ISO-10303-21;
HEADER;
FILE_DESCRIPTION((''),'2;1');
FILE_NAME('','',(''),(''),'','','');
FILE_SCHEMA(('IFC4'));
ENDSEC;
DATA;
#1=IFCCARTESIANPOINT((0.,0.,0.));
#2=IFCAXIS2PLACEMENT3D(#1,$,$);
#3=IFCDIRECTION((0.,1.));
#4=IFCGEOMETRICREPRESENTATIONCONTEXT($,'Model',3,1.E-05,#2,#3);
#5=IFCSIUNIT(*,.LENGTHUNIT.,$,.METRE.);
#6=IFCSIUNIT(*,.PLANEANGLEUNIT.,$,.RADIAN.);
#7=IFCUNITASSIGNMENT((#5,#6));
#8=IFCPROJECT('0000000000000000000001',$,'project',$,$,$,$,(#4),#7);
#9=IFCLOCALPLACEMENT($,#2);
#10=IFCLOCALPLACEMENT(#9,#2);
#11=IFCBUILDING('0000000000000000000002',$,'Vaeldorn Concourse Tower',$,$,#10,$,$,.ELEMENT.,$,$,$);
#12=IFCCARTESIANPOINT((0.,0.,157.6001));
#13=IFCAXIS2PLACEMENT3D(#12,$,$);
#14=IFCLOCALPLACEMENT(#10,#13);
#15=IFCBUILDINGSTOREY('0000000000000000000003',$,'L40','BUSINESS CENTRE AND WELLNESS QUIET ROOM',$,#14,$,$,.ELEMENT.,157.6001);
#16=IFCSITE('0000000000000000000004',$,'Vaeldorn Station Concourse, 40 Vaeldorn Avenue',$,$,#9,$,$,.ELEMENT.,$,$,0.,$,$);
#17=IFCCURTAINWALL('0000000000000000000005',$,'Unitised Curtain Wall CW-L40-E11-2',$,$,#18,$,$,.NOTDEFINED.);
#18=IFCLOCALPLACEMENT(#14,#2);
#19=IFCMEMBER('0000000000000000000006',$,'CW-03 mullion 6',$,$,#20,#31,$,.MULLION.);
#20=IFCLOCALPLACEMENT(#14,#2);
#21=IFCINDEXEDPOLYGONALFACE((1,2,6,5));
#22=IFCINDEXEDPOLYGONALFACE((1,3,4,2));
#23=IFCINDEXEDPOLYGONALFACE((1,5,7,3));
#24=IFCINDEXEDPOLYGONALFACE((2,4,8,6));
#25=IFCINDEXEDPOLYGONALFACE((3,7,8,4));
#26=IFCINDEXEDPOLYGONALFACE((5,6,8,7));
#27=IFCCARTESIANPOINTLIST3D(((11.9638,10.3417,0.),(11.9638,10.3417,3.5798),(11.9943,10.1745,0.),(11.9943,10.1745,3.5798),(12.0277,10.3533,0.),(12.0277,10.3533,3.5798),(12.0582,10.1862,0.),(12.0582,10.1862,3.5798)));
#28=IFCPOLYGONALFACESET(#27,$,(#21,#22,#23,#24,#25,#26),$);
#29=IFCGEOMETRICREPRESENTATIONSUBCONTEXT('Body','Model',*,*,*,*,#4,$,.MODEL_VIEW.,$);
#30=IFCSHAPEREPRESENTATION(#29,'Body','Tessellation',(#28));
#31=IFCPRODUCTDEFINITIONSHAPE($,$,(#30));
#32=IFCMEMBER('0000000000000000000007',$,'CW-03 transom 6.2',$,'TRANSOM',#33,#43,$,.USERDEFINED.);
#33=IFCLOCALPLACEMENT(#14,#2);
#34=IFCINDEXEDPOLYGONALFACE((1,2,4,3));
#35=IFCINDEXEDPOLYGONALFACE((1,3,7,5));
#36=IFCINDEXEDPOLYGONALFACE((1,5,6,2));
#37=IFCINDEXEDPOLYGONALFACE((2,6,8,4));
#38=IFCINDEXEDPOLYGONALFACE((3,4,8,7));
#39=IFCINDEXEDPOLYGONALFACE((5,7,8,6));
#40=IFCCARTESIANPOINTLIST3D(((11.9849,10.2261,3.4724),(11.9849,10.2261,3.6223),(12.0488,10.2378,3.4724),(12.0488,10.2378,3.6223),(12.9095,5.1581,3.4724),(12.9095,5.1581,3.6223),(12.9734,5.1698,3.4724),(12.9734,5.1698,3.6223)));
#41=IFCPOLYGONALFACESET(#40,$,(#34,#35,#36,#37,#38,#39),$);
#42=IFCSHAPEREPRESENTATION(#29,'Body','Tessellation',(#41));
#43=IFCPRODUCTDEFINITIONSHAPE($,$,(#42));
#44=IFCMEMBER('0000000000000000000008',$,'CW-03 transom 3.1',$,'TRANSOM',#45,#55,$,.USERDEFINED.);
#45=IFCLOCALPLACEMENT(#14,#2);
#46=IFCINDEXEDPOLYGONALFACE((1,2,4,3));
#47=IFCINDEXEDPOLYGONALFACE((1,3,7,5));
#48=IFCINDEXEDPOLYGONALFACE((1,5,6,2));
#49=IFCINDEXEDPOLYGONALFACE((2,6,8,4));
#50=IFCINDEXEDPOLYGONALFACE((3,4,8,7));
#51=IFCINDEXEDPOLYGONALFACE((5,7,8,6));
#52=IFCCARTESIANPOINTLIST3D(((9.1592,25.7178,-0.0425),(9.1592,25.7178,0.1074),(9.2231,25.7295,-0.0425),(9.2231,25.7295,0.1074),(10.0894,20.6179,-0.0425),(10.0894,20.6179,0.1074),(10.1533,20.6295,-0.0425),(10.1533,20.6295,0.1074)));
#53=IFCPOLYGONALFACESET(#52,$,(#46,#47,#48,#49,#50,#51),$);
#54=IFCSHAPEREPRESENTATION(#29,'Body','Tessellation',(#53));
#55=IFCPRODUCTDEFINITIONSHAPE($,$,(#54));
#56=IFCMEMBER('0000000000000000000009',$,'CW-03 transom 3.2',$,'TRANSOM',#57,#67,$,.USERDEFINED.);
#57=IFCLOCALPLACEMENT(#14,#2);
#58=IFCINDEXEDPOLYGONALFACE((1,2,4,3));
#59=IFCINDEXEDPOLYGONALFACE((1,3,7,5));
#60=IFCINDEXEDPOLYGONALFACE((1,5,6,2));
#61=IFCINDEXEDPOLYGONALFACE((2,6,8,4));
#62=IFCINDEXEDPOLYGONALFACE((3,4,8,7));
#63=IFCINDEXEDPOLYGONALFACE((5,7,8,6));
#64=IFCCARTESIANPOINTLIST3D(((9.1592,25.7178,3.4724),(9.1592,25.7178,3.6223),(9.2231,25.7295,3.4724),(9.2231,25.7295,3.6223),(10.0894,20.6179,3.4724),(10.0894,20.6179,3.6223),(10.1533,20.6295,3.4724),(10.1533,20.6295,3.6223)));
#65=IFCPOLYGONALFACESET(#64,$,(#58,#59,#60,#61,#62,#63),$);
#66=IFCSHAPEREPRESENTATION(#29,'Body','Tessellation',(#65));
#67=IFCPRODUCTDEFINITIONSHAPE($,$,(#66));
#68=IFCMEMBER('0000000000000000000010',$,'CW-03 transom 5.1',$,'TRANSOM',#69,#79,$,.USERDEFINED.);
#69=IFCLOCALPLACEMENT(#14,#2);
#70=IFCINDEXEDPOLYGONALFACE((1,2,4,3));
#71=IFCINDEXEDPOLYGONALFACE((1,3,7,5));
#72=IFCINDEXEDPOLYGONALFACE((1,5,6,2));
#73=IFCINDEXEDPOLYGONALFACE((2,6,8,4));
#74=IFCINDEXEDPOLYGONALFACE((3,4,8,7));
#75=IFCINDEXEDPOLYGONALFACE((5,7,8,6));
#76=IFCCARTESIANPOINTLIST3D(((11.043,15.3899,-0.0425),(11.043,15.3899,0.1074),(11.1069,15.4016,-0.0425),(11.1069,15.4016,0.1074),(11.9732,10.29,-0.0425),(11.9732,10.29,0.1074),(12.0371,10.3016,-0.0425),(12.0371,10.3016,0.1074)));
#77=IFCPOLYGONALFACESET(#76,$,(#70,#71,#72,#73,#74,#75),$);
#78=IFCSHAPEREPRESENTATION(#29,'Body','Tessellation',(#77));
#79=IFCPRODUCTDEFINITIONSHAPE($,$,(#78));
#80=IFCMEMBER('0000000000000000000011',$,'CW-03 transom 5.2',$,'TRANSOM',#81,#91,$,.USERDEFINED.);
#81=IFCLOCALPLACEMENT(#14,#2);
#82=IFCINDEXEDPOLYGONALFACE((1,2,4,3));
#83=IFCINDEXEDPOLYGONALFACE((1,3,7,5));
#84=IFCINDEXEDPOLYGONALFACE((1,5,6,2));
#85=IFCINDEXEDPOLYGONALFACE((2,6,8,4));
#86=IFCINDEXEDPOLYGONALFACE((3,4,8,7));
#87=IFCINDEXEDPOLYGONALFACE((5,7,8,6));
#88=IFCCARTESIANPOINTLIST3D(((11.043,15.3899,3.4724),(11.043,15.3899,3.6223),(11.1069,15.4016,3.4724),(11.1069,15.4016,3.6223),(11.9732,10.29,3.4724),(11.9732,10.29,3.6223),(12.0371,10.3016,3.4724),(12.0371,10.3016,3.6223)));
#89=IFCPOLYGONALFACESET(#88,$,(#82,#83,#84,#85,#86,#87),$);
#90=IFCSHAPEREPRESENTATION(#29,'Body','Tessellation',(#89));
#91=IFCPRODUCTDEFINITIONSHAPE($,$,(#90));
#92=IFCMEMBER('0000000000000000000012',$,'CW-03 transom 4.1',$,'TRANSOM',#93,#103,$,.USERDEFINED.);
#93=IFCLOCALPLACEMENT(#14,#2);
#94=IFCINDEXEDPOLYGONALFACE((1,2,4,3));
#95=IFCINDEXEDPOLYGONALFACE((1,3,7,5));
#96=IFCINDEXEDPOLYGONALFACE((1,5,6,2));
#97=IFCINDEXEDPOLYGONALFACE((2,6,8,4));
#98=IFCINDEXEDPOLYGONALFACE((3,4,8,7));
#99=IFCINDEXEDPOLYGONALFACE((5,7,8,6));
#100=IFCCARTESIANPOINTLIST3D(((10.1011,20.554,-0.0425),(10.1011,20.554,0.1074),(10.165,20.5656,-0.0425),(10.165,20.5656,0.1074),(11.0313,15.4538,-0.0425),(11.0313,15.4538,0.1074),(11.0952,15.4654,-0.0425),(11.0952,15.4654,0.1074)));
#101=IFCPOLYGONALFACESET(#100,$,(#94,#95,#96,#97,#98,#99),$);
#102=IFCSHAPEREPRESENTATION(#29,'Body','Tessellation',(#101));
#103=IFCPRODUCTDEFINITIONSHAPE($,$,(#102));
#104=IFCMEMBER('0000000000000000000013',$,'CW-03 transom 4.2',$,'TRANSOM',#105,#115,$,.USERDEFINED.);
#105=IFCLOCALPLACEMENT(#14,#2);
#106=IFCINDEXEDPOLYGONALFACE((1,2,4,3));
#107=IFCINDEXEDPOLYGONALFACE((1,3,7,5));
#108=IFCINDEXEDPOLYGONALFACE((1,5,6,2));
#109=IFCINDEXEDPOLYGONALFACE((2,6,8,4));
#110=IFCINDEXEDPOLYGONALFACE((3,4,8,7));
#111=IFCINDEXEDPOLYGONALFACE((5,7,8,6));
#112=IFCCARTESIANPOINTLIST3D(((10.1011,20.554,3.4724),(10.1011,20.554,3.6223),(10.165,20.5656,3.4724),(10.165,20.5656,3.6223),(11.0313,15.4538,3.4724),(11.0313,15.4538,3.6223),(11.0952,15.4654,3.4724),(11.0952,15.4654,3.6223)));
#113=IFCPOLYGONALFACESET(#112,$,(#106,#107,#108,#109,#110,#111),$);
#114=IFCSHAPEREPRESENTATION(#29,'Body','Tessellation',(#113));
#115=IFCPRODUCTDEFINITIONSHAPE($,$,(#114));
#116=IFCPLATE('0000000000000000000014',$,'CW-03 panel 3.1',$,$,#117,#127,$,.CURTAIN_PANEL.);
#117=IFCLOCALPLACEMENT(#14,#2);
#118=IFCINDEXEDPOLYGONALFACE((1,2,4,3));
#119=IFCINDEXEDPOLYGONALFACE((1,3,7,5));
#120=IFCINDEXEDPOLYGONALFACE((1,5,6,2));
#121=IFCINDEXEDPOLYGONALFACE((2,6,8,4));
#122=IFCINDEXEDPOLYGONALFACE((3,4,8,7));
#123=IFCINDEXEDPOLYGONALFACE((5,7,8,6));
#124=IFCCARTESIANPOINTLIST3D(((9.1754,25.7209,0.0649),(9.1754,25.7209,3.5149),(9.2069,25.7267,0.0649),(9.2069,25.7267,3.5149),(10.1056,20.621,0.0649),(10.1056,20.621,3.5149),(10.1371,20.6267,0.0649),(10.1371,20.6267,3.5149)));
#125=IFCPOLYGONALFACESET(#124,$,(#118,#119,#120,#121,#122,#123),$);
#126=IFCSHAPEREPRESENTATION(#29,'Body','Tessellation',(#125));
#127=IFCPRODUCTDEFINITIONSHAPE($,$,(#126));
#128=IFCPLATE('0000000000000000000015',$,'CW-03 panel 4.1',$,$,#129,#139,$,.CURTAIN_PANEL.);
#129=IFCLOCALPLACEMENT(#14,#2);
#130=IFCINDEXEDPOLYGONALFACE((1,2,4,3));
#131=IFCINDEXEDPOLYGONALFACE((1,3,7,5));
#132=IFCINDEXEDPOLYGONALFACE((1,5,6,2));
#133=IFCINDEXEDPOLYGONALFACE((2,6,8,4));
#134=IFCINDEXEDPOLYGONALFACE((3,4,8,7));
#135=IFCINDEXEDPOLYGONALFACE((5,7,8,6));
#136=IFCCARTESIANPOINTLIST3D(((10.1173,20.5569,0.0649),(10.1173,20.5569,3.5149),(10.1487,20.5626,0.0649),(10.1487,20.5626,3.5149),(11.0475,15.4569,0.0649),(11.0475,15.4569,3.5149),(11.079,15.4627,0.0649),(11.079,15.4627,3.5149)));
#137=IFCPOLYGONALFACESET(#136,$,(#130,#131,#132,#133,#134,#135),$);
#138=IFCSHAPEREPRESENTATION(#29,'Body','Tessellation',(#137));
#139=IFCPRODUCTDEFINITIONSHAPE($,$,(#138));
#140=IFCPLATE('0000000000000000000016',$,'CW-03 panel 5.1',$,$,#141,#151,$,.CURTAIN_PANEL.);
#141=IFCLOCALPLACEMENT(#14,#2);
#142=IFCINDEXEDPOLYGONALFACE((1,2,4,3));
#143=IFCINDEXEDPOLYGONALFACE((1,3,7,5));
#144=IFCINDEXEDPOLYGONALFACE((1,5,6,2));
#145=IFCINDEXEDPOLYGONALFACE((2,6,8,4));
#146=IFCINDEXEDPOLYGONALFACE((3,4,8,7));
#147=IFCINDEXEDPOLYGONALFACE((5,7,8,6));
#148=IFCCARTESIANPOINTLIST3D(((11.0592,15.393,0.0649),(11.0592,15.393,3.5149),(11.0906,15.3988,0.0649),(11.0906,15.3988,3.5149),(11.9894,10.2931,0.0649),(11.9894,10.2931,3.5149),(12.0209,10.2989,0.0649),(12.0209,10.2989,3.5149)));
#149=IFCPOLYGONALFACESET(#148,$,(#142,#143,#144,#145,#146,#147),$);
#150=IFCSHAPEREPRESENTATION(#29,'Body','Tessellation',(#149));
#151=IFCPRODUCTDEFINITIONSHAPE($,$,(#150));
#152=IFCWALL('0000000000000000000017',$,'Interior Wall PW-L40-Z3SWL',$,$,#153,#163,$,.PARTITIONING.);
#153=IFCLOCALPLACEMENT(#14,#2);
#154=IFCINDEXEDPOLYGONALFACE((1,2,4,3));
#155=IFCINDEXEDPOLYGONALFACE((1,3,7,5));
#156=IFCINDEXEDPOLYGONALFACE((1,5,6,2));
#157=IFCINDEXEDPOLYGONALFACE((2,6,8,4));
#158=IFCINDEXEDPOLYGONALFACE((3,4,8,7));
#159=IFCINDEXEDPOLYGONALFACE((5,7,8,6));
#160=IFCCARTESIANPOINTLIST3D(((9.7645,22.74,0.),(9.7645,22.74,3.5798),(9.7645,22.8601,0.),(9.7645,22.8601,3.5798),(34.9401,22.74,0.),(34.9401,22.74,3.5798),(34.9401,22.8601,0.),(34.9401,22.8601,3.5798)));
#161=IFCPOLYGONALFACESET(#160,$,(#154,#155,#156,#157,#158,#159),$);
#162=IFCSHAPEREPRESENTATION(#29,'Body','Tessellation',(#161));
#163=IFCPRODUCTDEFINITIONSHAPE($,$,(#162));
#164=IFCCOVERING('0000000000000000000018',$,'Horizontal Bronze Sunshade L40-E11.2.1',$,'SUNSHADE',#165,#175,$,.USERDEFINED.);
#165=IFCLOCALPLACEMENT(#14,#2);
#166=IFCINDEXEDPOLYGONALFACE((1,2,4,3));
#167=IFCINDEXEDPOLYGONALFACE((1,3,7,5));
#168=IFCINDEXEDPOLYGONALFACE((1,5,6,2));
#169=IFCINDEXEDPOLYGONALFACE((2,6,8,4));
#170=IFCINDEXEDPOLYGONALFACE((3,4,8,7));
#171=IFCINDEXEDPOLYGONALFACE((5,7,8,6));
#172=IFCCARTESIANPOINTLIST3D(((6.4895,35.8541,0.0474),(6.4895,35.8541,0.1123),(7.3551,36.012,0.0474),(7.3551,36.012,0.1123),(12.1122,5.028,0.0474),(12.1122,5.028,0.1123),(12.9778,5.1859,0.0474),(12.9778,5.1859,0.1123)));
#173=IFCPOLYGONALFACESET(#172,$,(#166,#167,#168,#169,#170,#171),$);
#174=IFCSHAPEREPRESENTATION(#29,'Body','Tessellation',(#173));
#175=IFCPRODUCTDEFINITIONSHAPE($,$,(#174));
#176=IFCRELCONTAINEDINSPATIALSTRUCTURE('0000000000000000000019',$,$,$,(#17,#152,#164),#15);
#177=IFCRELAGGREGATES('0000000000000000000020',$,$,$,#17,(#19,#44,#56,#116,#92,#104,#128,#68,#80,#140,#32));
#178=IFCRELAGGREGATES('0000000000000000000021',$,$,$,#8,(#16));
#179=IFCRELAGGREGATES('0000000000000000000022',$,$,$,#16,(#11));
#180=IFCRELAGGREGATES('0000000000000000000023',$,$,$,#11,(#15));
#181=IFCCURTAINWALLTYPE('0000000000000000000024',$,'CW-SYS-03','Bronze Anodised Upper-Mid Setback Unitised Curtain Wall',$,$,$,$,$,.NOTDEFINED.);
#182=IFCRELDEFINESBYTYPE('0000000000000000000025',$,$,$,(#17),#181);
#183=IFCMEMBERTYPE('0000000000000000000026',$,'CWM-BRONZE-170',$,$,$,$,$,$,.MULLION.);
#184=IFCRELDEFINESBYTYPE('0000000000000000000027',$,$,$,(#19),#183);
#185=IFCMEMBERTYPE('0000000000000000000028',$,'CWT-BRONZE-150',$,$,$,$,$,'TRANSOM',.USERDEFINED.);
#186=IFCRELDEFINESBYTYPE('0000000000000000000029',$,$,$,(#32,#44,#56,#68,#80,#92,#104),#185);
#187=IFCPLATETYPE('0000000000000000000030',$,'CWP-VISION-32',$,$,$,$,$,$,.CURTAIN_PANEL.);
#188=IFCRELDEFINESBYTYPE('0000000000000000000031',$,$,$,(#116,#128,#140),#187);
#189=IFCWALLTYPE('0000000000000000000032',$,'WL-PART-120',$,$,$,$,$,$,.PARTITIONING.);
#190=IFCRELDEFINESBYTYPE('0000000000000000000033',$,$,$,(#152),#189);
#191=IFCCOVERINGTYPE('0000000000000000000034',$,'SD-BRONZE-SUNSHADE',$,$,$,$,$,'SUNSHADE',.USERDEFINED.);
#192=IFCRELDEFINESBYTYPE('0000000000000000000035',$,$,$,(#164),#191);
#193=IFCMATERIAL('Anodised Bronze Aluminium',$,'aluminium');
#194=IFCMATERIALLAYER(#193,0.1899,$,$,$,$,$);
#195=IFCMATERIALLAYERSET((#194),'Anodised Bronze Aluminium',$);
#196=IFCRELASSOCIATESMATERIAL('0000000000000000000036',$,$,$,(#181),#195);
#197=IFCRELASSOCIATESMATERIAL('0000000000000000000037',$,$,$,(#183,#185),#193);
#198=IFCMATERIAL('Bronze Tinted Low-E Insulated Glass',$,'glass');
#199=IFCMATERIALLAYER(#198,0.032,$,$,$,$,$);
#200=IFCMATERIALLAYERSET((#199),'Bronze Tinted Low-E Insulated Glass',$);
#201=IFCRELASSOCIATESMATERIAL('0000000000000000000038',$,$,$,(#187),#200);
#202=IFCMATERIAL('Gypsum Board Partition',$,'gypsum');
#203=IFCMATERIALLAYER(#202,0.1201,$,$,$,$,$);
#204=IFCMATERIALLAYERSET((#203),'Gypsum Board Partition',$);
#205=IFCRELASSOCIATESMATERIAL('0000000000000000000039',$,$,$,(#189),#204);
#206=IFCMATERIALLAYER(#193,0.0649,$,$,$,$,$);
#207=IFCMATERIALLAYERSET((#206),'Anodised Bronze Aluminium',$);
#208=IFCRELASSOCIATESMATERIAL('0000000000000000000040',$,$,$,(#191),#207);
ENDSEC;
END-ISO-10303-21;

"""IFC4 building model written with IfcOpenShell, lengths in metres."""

from ifc_helpers import new_model, si_unit, direction, frame, frame_2d, origin, origin_2d, place, context, subcontext, project, spatial, rectangle, extrude, source, transform, mapped, material, layer, layer_set, material_profile, profile_set, type_object, element, aggregate, save


model = new_model("IFC4")

# Units and contexts
model_context = context("Model", 3, precision=1e-05, world=origin(), true_north=direction((0.0, 1.0)))
body_context = subcontext(model_context, "Body", "Model", "MODEL_VIEW")
ifc_project = project(units=[si_unit("LENGTHUNIT", "METRE"), si_unit("PLANEANGLEUNIT", "RADIAN")], contexts=[model_context])

# Site, building, storey
site_placement = place(None, origin())
site = spatial("IfcSite", under=ifc_project, at=site_placement, Name="Vaeldorn Station Concourse, 40 Vaeldorn Avenue", CompositionType="ELEMENT", RefElevation=0.0)
building_placement = place(site_placement, origin())
building = spatial("IfcBuilding", under=site, at=building_placement, Name="Vaeldorn Concourse Tower", CompositionType="ELEMENT")
storey_placement = place(building_placement, frame((0.0, 0.0, 157.6001)))
storey = spatial("IfcBuildingStorey", under=building, at=storey_placement, Name="L40", Description="BUSINESS CENTRE AND WELLNESS QUIET ROOM", CompositionType="ELEMENT", Elevation=157.6001)

# Curtain wall, members, plates
ifc_material_1 = material(Name="Anodised Bronze Aluminium", Category="aluminium")
ifc_layer_1 = layer(ifc_material_1, 0.1899)
ifc_layer_set_1 = layer_set([ifc_layer_1], Name="Anodised Bronze Aluminium")
curtain_wall_type = type_object("IfcCurtainWallType", Name="CW-SYS-03", Description="Bronze Anodised Upper-Mid Setback Unitised Curtain Wall", PredefinedType="NOTDEFINED", material=ifc_layer_set_1)
curtain_wall_placement = place(storey_placement, origin())
curtain_wall = element("IfcCurtainWall", 1, at=curtain_wall_placement, inside=storey, type_object=curtain_wall_type, Name="Unitised Curtain Wall CW-L40-E11-2", PredefinedType="NOTDEFINED")
ifc_material_profile_1 = material_profile(ifc_material_1, rectangle(XDim=0.0649, YDim=0.1699, at=origin_2d()), Name="CWM 65x170")
ifc_profile_set_1 = profile_set([ifc_material_profile_1], Name="Anodised Bronze Aluminium")
member_type_1 = type_object("IfcMemberType", Name="CWM-BRONZE-170", PredefinedType="MULLION", material=ifc_profile_set_1)
shared_shape_1 = source(origin(), body_context, "Body", "SweptSolid", [
    extrude(rectangle(XDim=0.0649, YDim=0.1699, at=origin_2d()), origin(), (0.0, 0.0, 1.0), 3.5798),
])
member_1_placement = place(storey_placement, frame((12.011, 10.2639, 0.0), z_axis=(0.0, 0.0, 1.0), x_axis=(0.983768, 0.179446, 0.0)))
member_1 = element("IfcMember", 2, at=member_1_placement, type_object=member_type_1, Name="CW-03 mullion 6", PredefinedType="MULLION", context=body_context, shape_type="MappedRepresentation", body=[
    mapped(shared_shape_1, transform((0.0, 0.0, 0.0), scale=1.0)),
])
ifc_material_profile_2 = material_profile(ifc_material_1, rectangle(XDim=0.0649, YDim=0.1499, at=origin_2d()), Name="CWT 65x150")
ifc_profile_set_2 = profile_set([ifc_material_profile_2], Name="Anodised Bronze Aluminium")
member_type_2 = type_object("IfcMemberType", Name="CWT-BRONZE-150", ElementType="TRANSOM", PredefinedType="USERDEFINED", material=ifc_profile_set_2)
shared_shape_2 = source(origin(), body_context, "Body", "SweptSolid", [
    extrude(rectangle(XDim=0.0649, YDim=0.1499, at=origin_2d()), origin(), (0.0, 0.0, 1.0), 5.1516),
])
member_2_placement = place(storey_placement, frame((12.0168, 10.2319, 3.5474), z_axis=(0.179473, -0.983763, 0.0), x_axis=(0.983763, 0.179473, 0.0)))
member_2 = element("IfcMember", 3, at=member_2_placement, type_object=member_type_2, Name="CW-03 transom 6.2", ObjectType="TRANSOM", PredefinedType="USERDEFINED", context=body_context, shape_type="MappedRepresentation", body=[
    mapped(shared_shape_2, transform((0.0, 0.0, 0.0), scale=1.0)),
])
shared_shape_3 = source(origin(), body_context, "Body", "SweptSolid", [
    extrude(rectangle(XDim=0.0649, YDim=0.1499, at=origin_2d()), origin(), (0.0, 0.0, 1.0), 5.1841),
])
member_3_placement = place(storey_placement, frame((9.1912, 25.7236, 0.0325), z_axis=(0.179432, -0.98377, 0.0), x_axis=(0.98377, 0.179432, 0.0)))
member_3 = element("IfcMember", 4, at=member_3_placement, type_object=member_type_2, Name="CW-03 transom 3.1", ObjectType="TRANSOM", PredefinedType="USERDEFINED", context=body_context, shape_type="MappedRepresentation", body=[
    mapped(shared_shape_3, transform((0.0, 0.0, 0.0), scale=1.0)),
])
member_4_placement = place(storey_placement, frame((9.1912, 25.7236, 3.5474), z_axis=(0.179432, -0.98377, 0.0), x_axis=(0.98377, 0.179432, 0.0)))
member_4 = element("IfcMember", 5, at=member_4_placement, type_object=member_type_2, Name="CW-03 transom 3.2", ObjectType="TRANSOM", PredefinedType="USERDEFINED", context=body_context, shape_type="MappedRepresentation", body=[
    mapped(shared_shape_3, transform((0.0, 0.0, 0.0), scale=1.0)),
])
member_5_placement = place(storey_placement, frame((11.075, 15.3958, 0.0325), z_axis=(0.179432, -0.98377, 0.0), x_axis=(0.98377, 0.179432, 0.0)))
member_5 = element("IfcMember", 6, at=member_5_placement, type_object=member_type_2, Name="CW-03 transom 5.1", ObjectType="TRANSOM", PredefinedType="USERDEFINED", context=body_context, shape_type="MappedRepresentation", body=[
    mapped(shared_shape_3, transform((0.0, 0.0, 0.0), scale=1.0)),
])
member_6_placement = place(storey_placement, frame((11.075, 15.3958, 3.5474), z_axis=(0.179432, -0.98377, 0.0), x_axis=(0.98377, 0.179432, 0.0)))
member_6 = element("IfcMember", 7, at=member_6_placement, type_object=member_type_2, Name="CW-03 transom 5.2", ObjectType="TRANSOM", PredefinedType="USERDEFINED", context=body_context, shape_type="MappedRepresentation", body=[
    mapped(shared_shape_3, transform((0.0, 0.0, 0.0), scale=1.0)),
])
shared_shape_4 = source(origin(), body_context, "Body", "SweptSolid", [
    extrude(rectangle(XDim=0.0649, YDim=0.1499, at=origin_2d()), origin(), (0.0, 0.0, 1.0), 5.1843),
])
member_7_placement = place(storey_placement, frame((10.1331, 20.5598, 0.0325), z_axis=(0.179424, -0.983772, 0.0), x_axis=(0.983772, 0.179424, 0.0)))
member_7 = element("IfcMember", 8, at=member_7_placement, type_object=member_type_2, Name="CW-03 transom 4.1", ObjectType="TRANSOM", PredefinedType="USERDEFINED", context=body_context, shape_type="MappedRepresentation", body=[
    mapped(shared_shape_4, transform((0.0, 0.0, 0.0), scale=1.0)),
])
member_8_placement = place(storey_placement, frame((10.1331, 20.5598, 3.5474), z_axis=(0.179424, -0.983772, 0.0), x_axis=(0.983772, 0.179424, 0.0)))
member_8 = element("IfcMember", 9, at=member_8_placement, type_object=member_type_2, Name="CW-03 transom 4.2", ObjectType="TRANSOM", PredefinedType="USERDEFINED", context=body_context, shape_type="MappedRepresentation", body=[
    mapped(shared_shape_4, transform((0.0, 0.0, 0.0), scale=1.0)),
])
ifc_material_2 = material(Name="Bronze Tinted Low-E Insulated Glass", Category="glass")
ifc_layer_2 = layer(ifc_material_2, 0.032)
ifc_layer_set_2 = layer_set([ifc_layer_2], Name="Bronze Tinted Low-E Insulated Glass")
plate_type = type_object("IfcPlateType", Name="CWP-VISION-32", PredefinedType="CURTAIN_PANEL", material=ifc_layer_set_2)
shared_shape_5 = source(origin(), body_context, "Body", "SweptSolid", [
    extrude(rectangle(XDim=5.1841, YDim=0.032, at=origin_2d()), origin(), (0.0, 0.0, 1.0), 3.45),
])
plate_1_placement = place(storey_placement, frame((9.6562, 23.1738, 0.0649), z_axis=(0.0, 0.0, 1.0), x_axis=(0.179446, -0.983768, 0.0)))
plate_1 = element("IfcPlate", 10, at=plate_1_placement, type_object=plate_type, Name="CW-03 panel 3.1", PredefinedType="CURTAIN_PANEL", context=body_context, shape_type="MappedRepresentation", body=[
    mapped(shared_shape_5, transform((0.0, 0.0, 0.0), scale=1.0)),
])
plate_2_placement = place(storey_placement, frame((10.5981, 18.0098, 0.0649), z_axis=(0.0, 0.0, 1.0), x_axis=(0.179446, -0.983768, 0.0)))
plate_2 = element("IfcPlate", 11, at=plate_2_placement, type_object=plate_type, Name="CW-03 panel 4.1", PredefinedType="CURTAIN_PANEL", context=body_context, shape_type="MappedRepresentation", body=[
    mapped(shared_shape_5, transform((0.0, 0.0, 0.0), scale=1.0)),
])
plate_3_placement = place(storey_placement, frame((11.54, 12.8459, 0.0649), z_axis=(0.0, 0.0, 1.0), x_axis=(0.179446, -0.983768, 0.0)))
plate_3 = element("IfcPlate", 12, at=plate_3_placement, type_object=plate_type, Name="CW-03 panel 5.1", PredefinedType="CURTAIN_PANEL", context=body_context, shape_type="MappedRepresentation", body=[
    mapped(shared_shape_5, transform((0.0, 0.0, 0.0), scale=1.0)),
])
aggregate(curtain_wall, [member_1, member_3, member_4, plate_1, member_7, member_8, plate_2, member_5, member_6, plate_3, member_2])

# Wall
ifc_material_3 = material(Name="Gypsum Board Partition", Category="gypsum")
ifc_layer_3 = layer(ifc_material_3, 0.1201)
ifc_layer_set_3 = layer_set([ifc_layer_3], Name="Gypsum Board Partition")
wall_type = type_object("IfcWallType", Name="WL-PART-120", PredefinedType="PARTITIONING", material=ifc_layer_set_3)
wall_placement = place(storey_placement, frame((9.7644, 22.8, 0.0), z_axis=(0.0, 0.0, 1.0), x_axis=(1.0, 0.0, 0.0)))
element("IfcWall", 13, at=wall_placement, inside=storey, type_object=wall_type, Name="Interior Wall PW-L40-Z3SWL", PredefinedType="PARTITIONING", context=body_context, shape_type="SweptSolid", body=[
    extrude(rectangle(XDim=25.1755, YDim=0.1201, at=frame_2d((12.5879, 0.0))), origin(), (0.0, 0.0, 1.0), 3.5798),
])

# Covering
ifc_layer_4 = layer(ifc_material_1, 0.0649)
ifc_layer_set_4 = layer_set([ifc_layer_4], Name="Anodised Bronze Aluminium")
covering_type = type_object("IfcCoveringType", Name="SD-BRONZE-SUNSHADE", ElementType="SUNSHADE", PredefinedType="USERDEFINED", material=ifc_layer_set_4)
shared_shape_6 = source(origin(), body_context, "Body", "SweptSolid", [
    extrude(rectangle(XDim=31.3347, YDim=0.8799, at=origin_2d()), origin(), (0.0, 0.0, 1.0), 0.0649),
])
for number, where, z_axis, x_axis, name in (
    (14, (9.7336, 20.52, 0.0474), (0.0, 0.0, 1.0), (0.179438, -0.983769, 0.0), "Horizontal Bronze Sunshade L40-E11.2.1"),
):
    element("IfcCovering", number, at=place(storey_placement, frame(where, z_axis=z_axis, x_axis=x_axis)), inside=storey, type_object=covering_type, Name=name, ObjectType="SUNSHADE", PredefinedType="USERDEFINED", context=body_context, shape_type="MappedRepresentation", body=[
        mapped(shared_shape_6, transform((0.0, 0.0, 0.0), scale=1.0)),
    ])

save(model, "model.ifc")
